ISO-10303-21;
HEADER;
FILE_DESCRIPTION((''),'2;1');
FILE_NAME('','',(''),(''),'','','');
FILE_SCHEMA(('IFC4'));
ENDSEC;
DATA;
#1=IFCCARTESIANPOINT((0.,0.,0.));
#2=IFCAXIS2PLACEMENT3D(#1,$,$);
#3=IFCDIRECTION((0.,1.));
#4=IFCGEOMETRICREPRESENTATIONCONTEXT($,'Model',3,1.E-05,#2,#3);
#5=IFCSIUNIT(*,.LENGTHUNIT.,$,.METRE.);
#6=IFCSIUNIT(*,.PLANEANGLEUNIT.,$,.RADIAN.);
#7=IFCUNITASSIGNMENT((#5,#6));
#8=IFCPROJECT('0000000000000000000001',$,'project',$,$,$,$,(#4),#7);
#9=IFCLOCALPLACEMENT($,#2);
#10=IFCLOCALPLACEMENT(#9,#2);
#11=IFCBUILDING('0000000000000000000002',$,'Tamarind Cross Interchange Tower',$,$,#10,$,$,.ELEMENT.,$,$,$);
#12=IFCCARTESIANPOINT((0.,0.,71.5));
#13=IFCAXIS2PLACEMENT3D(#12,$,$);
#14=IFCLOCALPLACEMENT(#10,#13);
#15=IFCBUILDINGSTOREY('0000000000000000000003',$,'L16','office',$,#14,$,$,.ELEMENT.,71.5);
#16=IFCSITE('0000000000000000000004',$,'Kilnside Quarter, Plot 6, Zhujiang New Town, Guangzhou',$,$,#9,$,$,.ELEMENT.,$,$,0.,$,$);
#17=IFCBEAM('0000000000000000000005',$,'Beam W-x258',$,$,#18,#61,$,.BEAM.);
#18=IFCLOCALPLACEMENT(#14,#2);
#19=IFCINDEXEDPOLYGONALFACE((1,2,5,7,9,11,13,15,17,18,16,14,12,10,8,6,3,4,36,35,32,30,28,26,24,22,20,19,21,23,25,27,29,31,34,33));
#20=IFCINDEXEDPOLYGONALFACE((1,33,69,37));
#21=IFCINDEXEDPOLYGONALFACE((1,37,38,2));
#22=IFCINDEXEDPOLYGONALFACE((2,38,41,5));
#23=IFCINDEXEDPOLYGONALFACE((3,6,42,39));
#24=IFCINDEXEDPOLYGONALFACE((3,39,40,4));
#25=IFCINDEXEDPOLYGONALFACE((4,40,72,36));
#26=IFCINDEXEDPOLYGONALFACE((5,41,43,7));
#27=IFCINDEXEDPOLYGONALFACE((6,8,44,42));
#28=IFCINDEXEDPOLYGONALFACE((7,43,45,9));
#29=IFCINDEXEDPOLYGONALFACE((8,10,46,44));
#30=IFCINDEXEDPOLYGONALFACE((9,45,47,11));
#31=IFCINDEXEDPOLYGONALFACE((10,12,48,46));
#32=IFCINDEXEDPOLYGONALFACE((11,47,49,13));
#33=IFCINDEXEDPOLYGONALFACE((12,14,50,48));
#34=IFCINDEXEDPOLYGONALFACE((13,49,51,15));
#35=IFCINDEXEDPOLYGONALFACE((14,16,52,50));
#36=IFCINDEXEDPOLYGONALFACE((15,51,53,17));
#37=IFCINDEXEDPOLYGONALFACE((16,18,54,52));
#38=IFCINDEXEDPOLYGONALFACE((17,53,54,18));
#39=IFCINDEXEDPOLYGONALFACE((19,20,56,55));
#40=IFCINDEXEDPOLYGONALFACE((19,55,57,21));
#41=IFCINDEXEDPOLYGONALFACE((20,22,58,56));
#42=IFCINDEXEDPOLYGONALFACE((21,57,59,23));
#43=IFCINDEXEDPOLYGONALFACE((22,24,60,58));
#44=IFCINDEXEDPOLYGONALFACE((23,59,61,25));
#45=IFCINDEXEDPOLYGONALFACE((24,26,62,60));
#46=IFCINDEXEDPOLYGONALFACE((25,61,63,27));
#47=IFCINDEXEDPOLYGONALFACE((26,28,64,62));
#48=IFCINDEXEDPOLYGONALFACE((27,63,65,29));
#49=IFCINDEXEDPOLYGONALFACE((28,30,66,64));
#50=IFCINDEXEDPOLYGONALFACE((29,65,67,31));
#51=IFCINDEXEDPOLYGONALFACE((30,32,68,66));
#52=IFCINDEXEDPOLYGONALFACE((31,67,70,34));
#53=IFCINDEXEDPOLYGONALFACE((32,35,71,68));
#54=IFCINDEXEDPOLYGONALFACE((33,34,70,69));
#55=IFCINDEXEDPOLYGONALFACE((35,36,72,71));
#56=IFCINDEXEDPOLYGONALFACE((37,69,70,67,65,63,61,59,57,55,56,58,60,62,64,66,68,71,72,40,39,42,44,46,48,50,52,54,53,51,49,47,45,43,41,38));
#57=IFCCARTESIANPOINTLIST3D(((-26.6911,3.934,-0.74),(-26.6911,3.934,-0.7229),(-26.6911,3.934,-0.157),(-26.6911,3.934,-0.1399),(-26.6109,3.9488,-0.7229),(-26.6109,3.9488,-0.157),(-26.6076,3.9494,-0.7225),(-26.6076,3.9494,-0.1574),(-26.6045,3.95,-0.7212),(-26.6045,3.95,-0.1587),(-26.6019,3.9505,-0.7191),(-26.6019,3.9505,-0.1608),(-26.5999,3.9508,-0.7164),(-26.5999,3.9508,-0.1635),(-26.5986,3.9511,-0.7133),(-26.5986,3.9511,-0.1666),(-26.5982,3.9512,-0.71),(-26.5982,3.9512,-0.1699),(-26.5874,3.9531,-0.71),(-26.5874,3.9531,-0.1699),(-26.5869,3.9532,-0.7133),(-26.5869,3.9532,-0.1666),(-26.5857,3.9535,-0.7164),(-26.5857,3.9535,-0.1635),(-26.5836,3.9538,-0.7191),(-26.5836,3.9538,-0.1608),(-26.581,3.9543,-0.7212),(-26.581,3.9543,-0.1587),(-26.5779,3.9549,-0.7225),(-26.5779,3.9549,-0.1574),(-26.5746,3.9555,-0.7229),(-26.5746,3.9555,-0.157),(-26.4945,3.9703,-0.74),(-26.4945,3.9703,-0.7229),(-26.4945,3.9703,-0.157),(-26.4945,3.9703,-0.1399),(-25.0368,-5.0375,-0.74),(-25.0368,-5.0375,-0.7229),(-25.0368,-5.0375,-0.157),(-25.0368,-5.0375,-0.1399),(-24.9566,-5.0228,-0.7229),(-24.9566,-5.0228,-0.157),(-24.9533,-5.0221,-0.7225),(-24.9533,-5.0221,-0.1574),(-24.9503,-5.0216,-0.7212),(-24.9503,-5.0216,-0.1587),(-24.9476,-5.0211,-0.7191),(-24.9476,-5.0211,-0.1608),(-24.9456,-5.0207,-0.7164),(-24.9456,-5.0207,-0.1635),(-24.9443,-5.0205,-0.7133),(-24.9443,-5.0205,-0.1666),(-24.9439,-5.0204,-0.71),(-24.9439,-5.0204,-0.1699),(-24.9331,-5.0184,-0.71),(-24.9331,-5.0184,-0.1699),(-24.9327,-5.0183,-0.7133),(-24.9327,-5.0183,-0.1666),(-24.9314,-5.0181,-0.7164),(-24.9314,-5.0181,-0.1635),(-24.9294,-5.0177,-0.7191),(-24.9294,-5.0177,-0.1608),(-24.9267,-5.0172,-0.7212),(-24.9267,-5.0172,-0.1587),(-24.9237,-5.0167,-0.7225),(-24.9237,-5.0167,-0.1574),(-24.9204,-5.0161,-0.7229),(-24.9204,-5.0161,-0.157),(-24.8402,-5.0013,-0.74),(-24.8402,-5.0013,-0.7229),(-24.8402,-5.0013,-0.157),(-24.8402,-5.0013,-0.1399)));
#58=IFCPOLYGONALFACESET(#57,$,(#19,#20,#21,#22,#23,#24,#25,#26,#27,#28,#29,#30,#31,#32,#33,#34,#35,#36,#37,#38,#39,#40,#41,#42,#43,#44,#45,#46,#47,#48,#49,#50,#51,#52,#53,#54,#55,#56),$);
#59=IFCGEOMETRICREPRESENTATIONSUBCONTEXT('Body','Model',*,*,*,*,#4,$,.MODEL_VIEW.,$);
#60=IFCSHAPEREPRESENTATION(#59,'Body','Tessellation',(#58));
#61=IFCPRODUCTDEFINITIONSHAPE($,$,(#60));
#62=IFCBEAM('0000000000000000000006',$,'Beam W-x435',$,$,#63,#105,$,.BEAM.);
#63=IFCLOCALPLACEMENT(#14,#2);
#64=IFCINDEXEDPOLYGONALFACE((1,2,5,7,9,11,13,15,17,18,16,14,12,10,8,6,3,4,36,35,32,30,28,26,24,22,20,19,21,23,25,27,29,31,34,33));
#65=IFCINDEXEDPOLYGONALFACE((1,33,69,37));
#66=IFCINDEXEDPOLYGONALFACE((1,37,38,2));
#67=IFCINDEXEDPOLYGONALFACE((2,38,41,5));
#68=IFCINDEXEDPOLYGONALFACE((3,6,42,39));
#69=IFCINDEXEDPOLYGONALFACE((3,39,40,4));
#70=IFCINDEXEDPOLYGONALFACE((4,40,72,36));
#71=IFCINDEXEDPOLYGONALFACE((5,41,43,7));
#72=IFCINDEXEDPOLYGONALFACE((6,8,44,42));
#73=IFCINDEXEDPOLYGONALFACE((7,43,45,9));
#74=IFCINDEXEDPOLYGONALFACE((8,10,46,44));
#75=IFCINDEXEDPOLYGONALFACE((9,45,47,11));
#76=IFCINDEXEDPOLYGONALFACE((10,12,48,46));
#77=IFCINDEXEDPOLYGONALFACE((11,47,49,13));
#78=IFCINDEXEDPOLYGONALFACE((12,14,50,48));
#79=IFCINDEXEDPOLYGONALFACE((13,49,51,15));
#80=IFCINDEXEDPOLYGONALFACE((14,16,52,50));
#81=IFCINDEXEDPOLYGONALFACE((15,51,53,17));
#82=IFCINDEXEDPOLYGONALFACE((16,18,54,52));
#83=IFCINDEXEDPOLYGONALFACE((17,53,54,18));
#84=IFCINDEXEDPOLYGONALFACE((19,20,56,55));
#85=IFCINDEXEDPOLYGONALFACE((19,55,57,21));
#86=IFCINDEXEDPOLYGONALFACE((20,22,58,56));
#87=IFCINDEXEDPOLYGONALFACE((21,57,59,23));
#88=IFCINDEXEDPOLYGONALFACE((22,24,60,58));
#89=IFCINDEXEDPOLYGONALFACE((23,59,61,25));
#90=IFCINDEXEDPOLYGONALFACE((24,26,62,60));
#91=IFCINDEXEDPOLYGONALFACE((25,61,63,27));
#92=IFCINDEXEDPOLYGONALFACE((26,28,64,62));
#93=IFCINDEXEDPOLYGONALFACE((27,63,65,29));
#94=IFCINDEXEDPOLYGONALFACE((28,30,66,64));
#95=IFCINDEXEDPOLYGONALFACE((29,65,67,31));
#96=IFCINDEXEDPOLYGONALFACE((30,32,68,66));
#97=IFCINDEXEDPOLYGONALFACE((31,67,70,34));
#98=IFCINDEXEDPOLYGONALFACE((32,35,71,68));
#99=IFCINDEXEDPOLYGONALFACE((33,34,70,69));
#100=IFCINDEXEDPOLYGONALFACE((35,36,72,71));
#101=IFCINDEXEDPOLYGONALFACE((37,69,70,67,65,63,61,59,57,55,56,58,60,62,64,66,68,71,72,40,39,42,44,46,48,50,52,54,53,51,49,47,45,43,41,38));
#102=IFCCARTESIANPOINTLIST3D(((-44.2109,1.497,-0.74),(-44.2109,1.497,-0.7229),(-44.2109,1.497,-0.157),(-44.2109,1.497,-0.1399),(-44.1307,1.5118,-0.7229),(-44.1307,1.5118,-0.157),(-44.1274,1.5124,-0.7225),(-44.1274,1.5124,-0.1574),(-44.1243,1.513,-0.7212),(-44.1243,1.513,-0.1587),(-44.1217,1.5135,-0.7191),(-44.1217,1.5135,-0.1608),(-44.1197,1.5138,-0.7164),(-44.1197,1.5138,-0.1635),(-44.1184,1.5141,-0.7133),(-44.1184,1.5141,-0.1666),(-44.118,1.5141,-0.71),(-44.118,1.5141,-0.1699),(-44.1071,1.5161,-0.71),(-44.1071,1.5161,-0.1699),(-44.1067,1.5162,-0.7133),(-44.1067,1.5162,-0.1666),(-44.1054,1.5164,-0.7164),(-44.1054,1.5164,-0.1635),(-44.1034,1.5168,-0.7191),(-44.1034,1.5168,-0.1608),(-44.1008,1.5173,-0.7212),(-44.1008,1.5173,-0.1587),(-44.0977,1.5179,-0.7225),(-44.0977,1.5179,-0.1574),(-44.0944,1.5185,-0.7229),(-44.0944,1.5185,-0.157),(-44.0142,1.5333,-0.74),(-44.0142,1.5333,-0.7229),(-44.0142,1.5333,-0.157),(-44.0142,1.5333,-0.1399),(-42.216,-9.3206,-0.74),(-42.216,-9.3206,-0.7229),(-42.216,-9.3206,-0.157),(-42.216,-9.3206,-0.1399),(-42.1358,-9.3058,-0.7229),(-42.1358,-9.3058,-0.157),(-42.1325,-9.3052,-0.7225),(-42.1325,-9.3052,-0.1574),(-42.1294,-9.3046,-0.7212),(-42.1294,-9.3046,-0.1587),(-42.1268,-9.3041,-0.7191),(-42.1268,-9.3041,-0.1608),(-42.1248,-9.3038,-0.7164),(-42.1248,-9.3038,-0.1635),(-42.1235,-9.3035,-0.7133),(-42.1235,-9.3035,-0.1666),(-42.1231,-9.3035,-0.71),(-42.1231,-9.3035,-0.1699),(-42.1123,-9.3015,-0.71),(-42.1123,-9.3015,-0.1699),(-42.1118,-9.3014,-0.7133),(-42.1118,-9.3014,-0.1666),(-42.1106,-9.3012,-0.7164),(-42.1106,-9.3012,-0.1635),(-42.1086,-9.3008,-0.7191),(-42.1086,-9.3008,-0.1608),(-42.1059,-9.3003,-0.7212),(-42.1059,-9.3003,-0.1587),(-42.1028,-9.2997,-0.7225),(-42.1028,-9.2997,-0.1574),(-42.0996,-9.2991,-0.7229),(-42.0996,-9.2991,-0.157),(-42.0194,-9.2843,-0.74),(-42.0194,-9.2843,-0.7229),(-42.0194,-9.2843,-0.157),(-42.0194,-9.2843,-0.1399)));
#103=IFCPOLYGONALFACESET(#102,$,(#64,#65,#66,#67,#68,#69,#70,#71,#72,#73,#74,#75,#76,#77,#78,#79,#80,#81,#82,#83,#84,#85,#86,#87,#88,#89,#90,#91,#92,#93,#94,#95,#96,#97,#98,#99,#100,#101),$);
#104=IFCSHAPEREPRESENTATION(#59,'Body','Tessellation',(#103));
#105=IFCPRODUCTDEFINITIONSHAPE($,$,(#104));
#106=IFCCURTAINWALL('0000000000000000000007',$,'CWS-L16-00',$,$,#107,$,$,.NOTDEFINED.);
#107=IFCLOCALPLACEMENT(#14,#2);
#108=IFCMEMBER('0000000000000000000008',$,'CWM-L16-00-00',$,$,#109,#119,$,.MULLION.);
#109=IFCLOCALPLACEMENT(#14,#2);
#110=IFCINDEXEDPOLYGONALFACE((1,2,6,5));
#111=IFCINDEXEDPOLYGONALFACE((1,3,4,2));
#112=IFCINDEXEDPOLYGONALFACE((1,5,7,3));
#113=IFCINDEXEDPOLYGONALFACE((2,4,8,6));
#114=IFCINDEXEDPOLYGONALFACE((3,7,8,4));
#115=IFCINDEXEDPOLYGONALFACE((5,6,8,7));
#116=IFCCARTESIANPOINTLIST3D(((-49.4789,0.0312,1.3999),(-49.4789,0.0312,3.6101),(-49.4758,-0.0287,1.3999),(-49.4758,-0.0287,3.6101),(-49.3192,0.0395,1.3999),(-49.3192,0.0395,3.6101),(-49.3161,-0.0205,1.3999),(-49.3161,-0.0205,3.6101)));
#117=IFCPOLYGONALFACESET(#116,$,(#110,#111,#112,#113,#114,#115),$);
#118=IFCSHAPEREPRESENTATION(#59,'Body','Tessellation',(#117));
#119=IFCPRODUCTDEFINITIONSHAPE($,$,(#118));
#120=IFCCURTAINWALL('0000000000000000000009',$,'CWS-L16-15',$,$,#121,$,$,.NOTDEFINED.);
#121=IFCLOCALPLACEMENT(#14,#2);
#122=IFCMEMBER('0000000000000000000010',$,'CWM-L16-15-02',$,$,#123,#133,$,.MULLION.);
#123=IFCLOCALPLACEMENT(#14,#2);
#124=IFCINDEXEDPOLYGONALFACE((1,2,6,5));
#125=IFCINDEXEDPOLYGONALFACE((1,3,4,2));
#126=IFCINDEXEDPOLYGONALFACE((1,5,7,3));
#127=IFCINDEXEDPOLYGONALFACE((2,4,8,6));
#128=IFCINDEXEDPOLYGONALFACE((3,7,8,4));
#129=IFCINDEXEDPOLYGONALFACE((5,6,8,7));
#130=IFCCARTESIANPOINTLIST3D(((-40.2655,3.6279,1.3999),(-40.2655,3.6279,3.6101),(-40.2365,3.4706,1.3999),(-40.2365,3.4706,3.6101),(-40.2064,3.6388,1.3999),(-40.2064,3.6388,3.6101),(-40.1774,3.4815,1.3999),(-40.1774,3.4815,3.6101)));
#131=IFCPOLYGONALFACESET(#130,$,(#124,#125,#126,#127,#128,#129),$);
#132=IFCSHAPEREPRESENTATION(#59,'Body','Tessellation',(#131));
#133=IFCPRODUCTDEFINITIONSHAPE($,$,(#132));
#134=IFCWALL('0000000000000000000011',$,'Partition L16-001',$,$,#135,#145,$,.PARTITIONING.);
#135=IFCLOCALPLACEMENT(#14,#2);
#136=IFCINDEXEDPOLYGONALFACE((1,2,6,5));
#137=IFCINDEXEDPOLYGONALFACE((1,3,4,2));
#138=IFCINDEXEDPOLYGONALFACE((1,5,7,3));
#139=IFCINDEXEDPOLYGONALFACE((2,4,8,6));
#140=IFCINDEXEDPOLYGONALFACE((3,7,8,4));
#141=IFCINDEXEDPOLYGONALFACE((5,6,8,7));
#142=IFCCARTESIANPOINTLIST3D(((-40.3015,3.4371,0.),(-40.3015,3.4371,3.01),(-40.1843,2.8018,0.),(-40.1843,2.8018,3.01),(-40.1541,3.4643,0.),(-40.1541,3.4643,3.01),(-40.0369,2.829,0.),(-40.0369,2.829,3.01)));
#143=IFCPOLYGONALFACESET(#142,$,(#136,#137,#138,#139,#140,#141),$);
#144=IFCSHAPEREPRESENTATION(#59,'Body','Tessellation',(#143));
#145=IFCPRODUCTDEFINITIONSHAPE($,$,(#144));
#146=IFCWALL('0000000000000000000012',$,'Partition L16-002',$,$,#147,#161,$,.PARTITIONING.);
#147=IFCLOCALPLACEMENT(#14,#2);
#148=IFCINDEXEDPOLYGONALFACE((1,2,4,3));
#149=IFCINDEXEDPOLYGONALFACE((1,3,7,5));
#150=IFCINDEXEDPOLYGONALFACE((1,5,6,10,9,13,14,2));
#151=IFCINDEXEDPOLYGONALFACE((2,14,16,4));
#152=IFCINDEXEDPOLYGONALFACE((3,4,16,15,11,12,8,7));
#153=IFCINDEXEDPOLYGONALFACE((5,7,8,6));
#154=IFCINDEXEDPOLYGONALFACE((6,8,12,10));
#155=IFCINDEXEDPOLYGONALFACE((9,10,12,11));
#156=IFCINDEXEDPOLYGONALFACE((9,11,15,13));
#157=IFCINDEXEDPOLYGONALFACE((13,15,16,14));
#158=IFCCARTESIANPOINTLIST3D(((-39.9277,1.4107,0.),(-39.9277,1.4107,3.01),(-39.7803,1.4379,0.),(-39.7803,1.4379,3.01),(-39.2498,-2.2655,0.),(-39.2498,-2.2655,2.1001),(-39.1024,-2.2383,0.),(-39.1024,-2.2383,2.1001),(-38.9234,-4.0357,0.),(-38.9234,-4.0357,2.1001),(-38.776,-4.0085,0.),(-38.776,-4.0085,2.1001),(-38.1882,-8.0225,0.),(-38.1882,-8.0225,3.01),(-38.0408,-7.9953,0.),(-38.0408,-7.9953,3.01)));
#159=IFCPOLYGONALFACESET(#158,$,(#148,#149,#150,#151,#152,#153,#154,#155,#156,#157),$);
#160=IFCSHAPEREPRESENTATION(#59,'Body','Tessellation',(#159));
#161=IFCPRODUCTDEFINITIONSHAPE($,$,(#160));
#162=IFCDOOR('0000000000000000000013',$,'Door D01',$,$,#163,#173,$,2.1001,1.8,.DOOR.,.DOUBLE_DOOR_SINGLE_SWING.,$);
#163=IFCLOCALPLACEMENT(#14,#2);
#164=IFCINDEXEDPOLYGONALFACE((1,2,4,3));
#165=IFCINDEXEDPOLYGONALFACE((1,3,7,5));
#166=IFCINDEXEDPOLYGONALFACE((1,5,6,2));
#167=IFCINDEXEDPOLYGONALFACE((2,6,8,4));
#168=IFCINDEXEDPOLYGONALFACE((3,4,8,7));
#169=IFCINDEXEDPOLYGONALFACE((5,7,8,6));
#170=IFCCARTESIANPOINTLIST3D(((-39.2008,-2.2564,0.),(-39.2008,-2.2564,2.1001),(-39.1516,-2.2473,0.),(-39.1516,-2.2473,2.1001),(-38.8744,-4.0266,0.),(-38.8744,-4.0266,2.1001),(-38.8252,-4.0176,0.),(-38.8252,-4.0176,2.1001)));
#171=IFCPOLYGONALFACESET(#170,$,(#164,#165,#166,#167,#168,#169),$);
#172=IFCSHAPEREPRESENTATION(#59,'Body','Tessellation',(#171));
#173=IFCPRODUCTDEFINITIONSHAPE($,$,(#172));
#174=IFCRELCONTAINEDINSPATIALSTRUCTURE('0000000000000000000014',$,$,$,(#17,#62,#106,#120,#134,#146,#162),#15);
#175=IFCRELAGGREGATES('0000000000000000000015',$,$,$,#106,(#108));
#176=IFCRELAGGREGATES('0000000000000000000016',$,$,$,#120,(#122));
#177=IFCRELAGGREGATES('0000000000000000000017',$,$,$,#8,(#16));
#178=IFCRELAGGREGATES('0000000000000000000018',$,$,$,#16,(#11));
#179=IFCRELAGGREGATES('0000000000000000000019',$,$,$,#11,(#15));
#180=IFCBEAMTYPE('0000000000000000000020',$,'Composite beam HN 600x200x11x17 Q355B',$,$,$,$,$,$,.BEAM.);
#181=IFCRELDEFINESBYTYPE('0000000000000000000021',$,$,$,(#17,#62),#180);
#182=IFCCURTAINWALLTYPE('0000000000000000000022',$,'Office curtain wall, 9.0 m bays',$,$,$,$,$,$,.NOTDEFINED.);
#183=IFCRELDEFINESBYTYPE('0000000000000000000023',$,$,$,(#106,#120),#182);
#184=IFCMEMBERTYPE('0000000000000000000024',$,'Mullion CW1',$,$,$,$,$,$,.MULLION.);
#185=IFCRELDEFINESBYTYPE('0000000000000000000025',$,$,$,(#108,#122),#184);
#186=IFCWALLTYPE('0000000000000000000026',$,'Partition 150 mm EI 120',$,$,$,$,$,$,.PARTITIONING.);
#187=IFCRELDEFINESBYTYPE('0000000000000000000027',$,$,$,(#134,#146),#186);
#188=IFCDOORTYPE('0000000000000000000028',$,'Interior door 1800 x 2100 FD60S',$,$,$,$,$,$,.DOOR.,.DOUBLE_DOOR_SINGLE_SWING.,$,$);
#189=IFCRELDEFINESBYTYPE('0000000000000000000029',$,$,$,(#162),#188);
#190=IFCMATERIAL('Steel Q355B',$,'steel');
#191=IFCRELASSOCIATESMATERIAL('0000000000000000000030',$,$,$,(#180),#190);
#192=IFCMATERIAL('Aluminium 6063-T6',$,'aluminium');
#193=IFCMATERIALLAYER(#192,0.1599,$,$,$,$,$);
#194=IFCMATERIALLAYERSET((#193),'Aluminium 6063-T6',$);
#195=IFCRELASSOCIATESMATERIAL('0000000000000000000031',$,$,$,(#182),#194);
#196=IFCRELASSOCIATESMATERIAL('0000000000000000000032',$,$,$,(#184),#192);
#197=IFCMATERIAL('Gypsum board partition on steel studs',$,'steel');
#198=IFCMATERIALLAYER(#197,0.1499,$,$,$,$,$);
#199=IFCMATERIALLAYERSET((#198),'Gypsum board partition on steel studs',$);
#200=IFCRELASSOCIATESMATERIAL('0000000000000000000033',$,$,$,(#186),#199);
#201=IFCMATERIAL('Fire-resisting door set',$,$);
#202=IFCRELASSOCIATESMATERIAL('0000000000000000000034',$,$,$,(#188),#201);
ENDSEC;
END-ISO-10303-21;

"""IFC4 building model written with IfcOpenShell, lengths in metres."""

from ifc_helpers import new_model, si_unit, direction, frame, frame_2d, origin, origin_2d, place, context, subcontext, project, spatial, rectangle, i_section, extrude, material, layer, layer_set, material_profile, profile_set, type_object, element, fill, aggregate, save


model = new_model("IFC4")

# Units and contexts
model_context = context("Model", 3, precision=1e-05, world=origin(), true_north=direction((0.0, 1.0)))
body_context = subcontext(model_context, "Body", "Model", "MODEL_VIEW")
ifc_project = project(units=[si_unit("LENGTHUNIT", "METRE"), si_unit("PLANEANGLEUNIT", "RADIAN")], contexts=[model_context])

# Site, building, storey
site_placement = place(None, origin())
site = spatial("IfcSite", under=ifc_project, at=site_placement, Name="Kilnside Quarter, Plot 6, Zhujiang New Town, Guangzhou", CompositionType="ELEMENT", RefElevation=0.0)
building_placement = place(site_placement, origin())
building = spatial("IfcBuilding", under=site, at=building_placement, Name="Tamarind Cross Interchange Tower", CompositionType="ELEMENT")
storey_placement = place(building_placement, frame((0.0, 0.0, 71.5)))
storey = spatial("IfcBuildingStorey", under=building, at=storey_placement, Name="L16", Description="office", CompositionType="ELEMENT", Elevation=71.5)

# Beams
ifc_material_1 = material(Name="Steel Q355B", Category="steel")
ifc_material_profile_1 = material_profile(ifc_material_1, i_section(OverallWidth=0.2, OverallDepth=0.6001, WebThickness=0.011, FlangeThickness=0.0171, FilletRadius=0.0129, at=origin_2d()), Name="HN 600x200x11x17")
ifc_profile_set_1 = profile_set([ifc_material_profile_1], Name="Steel Q355B")
beam_type_1 = type_object("IfcBeamType", Name="Composite beam HN 600x200x11x17 Q355B", PredefinedType="BEAM", material=ifc_profile_set_1)
beam_1_placement = place(storey_placement, frame((-26.5928, 3.9521, -0.4399), z_axis=(0.181334, -0.983422, 0.0), x_axis=(0.983422, 0.181334, 0.0)))
element("IfcBeam", 1, at=beam_1_placement, inside=storey, type_object=beam_type_1, Name="Beam W-x258", PredefinedType="BEAM", context=body_context, shape_type="SweptSolid", body=[
    extrude(i_section(OverallWidth=0.2, OverallDepth=0.6001, WebThickness=0.011, FlangeThickness=0.0171, FilletRadius=0.0129, at=origin_2d()), origin(), (0.0, 0.0, 1.0), 9.1228),
])
beam_2_placement = place(storey_placement, frame((-44.1125, 1.5151, -0.4399), z_axis=(0.181352, -0.983418, 0.0), x_axis=(0.983418, 0.181352, 0.0)))
element("IfcBeam", 2, at=beam_2_placement, inside=storey, type_object=beam_type_1, Name="Beam W-x435", PredefinedType="BEAM", context=body_context, shape_type="SweptSolid", body=[
    extrude(i_section(OverallWidth=0.2, OverallDepth=0.6001, WebThickness=0.011, FlangeThickness=0.0171, FilletRadius=0.0129, at=origin_2d()), origin(), (0.0, 0.0, 1.0), 11.0),
])

# Curtain walls, members
ifc_material_2 = material(Name="Aluminium 6063-T6", Category="aluminium")
ifc_layer_1 = layer(ifc_material_2, 0.1599)
ifc_layer_set_1 = layer_set([ifc_layer_1], Name="Aluminium 6063-T6")
curtain_wall_type = type_object("IfcCurtainWallType", Name="Office curtain wall, 9.0 m bays", PredefinedType="NOTDEFINED", material=ifc_layer_set_1)
curtain_wall_1_placement = place(storey_placement, origin())
curtain_wall_1 = element("IfcCurtainWall", 3, at=curtain_wall_1_placement, inside=storey, type_object=curtain_wall_type, Name="CWS-L16-00", PredefinedType="NOTDEFINED")
ifc_material_profile_2 = material_profile(ifc_material_2, rectangle(XDim=0.0601, YDim=0.1599, at=origin_2d()), Name="Mullion CW1")
ifc_profile_set_2 = profile_set([ifc_material_profile_2], Name="Aluminium 6063-T6")
member_type = type_object("IfcMemberType", Name="Mullion CW1", PredefinedType="MULLION", material=ifc_profile_set_2)
member_1_placement = place(storey_placement, frame((-49.3975, 0.0054, 1.3999), z_axis=(0.0, 0.0, 1.0), x_axis=(0.05143, -0.998677, 0.0)))
member_1 = element("IfcMember", 4, at=member_1_placement, type_object=member_type, Name="CWM-L16-00-00", PredefinedType="MULLION", context=body_context, shape_type="SweptSolid", body=[
    extrude(rectangle(XDim=0.0601, YDim=0.1599, at=origin_2d()), origin(), (0.0, 0.0, 1.0), 2.2102),
])
aggregate(curtain_wall_1, [member_1])
curtain_wall_2_placement = place(storey_placement, origin())
curtain_wall_2 = element("IfcCurtainWall", 5, at=curtain_wall_2_placement, inside=storey, type_object=curtain_wall_type, Name="CWS-L16-15", PredefinedType="NOTDEFINED")
member_2_placement = place(storey_placement, frame((-40.2214, 3.5547, 1.3999), z_axis=(0.0, 0.0, 1.0), x_axis=(-0.98342, -0.181343, 0.0)))
member_2 = element("IfcMember", 6, at=member_2_placement, type_object=member_type, Name="CWM-L16-15-02", PredefinedType="MULLION", context=body_context, shape_type="SweptSolid", body=[
    extrude(rectangle(XDim=0.0601, YDim=0.1599, at=origin_2d()), origin(), (0.0, 0.0, 1.0), 2.2102),
])
aggregate(curtain_wall_2, [member_2])

# Wall
ifc_material_3 = material(Name="Gypsum board partition on steel studs", Category="steel")
ifc_layer_2 = layer(ifc_material_3, 0.1499)
ifc_layer_set_2 = layer_set([ifc_layer_2], Name="Gypsum board partition on steel studs")
wall_type_1 = type_object("IfcWallType", Name="Partition 150 mm EI 120", PredefinedType="PARTITIONING", material=ifc_layer_set_2)
wall_1_placement = place(storey_placement, frame((-40.2278, 3.4507, 0.0), z_axis=(0.0, 0.0, 1.0), x_axis=(0.181413, -0.983407, 0.0)))
element("IfcWall", 7, at=wall_1_placement, inside=storey, type_object=wall_type_1, Name="Partition L16-001", PredefinedType="PARTITIONING", context=body_context, shape_type="SweptSolid", body=[
    extrude(rectangle(XDim=0.646, YDim=0.1499, at=frame_2d((0.323, 0.0))), origin(), (0.0, 0.0, 1.0), 3.01),
])

# Wall, opening, door
wall_2_placement = place(storey_placement, frame((-39.854, 1.4243, 0.0), z_axis=(0.0, 0.0, 1.0), x_axis=(0.181342, -0.98342, 0.0)))
wall_2 = element("IfcWall", 8, at=wall_2_placement, inside=storey, type_object=wall_type_1, Name="Partition L16-002", PredefinedType="PARTITIONING", context=body_context, shape_type="SweptSolid", body=[
    extrude(rectangle(XDim=9.5923, YDim=0.1499, at=frame_2d((4.7961, 0.0))), origin(), (0.0, 0.0, 1.0), 3.01),
])
opening_1_placement = place(wall_2_placement, frame((3.7383, 0.0, 0.0)))
opening_1 = element("IfcOpeningElement", 9, at=opening_1_placement, cuts=wall_2, PredefinedType="OPENING", context=body_context, shape_type="SweptSolid", body=[
    extrude(rectangle(XDim=1.8, YDim=2.1001, at=frame_2d((0.8999, 1.05))), frame((0.0, 0.085, 0.0), z_axis=(0.0, -1.0, 0.0), x_axis=(1.0, 0.0, 0.0)), (0.0, 0.0, 1.0), 0.1699),
])
ifc_material_4 = material(Name="Fire-resisting door set")
door_type_1 = type_object("IfcDoorType", Name="Interior door 1800 x 2100 FD60S", OperationType="DOUBLE_DOOR_SINGLE_SWING", PredefinedType="DOOR", material=ifc_material_4)
door_1_placement = place(opening_1_placement, origin())
door_1 = element("IfcDoor", 10, at=door_1_placement, inside=storey, type_object=door_type_1, Name="Door D01", OperationType="DOUBLE_DOOR_SINGLE_SWING", OverallHeight=2.1001, OverallWidth=1.8, PredefinedType="DOOR", context=body_context, shape_type="SweptSolid", body=[
    extrude(rectangle(XDim=1.8, YDim=2.1001, at=frame_2d((0.8999, 1.05))), frame((0.0, 0.0249, 0.0), z_axis=(0.0, -1.0, 0.0), x_axis=(1.0, 0.0, 0.0)), (0.0, 0.0, 1.0), 0.05),
])
fill(opening_1, door_1)

save(model, "model.ifc")
